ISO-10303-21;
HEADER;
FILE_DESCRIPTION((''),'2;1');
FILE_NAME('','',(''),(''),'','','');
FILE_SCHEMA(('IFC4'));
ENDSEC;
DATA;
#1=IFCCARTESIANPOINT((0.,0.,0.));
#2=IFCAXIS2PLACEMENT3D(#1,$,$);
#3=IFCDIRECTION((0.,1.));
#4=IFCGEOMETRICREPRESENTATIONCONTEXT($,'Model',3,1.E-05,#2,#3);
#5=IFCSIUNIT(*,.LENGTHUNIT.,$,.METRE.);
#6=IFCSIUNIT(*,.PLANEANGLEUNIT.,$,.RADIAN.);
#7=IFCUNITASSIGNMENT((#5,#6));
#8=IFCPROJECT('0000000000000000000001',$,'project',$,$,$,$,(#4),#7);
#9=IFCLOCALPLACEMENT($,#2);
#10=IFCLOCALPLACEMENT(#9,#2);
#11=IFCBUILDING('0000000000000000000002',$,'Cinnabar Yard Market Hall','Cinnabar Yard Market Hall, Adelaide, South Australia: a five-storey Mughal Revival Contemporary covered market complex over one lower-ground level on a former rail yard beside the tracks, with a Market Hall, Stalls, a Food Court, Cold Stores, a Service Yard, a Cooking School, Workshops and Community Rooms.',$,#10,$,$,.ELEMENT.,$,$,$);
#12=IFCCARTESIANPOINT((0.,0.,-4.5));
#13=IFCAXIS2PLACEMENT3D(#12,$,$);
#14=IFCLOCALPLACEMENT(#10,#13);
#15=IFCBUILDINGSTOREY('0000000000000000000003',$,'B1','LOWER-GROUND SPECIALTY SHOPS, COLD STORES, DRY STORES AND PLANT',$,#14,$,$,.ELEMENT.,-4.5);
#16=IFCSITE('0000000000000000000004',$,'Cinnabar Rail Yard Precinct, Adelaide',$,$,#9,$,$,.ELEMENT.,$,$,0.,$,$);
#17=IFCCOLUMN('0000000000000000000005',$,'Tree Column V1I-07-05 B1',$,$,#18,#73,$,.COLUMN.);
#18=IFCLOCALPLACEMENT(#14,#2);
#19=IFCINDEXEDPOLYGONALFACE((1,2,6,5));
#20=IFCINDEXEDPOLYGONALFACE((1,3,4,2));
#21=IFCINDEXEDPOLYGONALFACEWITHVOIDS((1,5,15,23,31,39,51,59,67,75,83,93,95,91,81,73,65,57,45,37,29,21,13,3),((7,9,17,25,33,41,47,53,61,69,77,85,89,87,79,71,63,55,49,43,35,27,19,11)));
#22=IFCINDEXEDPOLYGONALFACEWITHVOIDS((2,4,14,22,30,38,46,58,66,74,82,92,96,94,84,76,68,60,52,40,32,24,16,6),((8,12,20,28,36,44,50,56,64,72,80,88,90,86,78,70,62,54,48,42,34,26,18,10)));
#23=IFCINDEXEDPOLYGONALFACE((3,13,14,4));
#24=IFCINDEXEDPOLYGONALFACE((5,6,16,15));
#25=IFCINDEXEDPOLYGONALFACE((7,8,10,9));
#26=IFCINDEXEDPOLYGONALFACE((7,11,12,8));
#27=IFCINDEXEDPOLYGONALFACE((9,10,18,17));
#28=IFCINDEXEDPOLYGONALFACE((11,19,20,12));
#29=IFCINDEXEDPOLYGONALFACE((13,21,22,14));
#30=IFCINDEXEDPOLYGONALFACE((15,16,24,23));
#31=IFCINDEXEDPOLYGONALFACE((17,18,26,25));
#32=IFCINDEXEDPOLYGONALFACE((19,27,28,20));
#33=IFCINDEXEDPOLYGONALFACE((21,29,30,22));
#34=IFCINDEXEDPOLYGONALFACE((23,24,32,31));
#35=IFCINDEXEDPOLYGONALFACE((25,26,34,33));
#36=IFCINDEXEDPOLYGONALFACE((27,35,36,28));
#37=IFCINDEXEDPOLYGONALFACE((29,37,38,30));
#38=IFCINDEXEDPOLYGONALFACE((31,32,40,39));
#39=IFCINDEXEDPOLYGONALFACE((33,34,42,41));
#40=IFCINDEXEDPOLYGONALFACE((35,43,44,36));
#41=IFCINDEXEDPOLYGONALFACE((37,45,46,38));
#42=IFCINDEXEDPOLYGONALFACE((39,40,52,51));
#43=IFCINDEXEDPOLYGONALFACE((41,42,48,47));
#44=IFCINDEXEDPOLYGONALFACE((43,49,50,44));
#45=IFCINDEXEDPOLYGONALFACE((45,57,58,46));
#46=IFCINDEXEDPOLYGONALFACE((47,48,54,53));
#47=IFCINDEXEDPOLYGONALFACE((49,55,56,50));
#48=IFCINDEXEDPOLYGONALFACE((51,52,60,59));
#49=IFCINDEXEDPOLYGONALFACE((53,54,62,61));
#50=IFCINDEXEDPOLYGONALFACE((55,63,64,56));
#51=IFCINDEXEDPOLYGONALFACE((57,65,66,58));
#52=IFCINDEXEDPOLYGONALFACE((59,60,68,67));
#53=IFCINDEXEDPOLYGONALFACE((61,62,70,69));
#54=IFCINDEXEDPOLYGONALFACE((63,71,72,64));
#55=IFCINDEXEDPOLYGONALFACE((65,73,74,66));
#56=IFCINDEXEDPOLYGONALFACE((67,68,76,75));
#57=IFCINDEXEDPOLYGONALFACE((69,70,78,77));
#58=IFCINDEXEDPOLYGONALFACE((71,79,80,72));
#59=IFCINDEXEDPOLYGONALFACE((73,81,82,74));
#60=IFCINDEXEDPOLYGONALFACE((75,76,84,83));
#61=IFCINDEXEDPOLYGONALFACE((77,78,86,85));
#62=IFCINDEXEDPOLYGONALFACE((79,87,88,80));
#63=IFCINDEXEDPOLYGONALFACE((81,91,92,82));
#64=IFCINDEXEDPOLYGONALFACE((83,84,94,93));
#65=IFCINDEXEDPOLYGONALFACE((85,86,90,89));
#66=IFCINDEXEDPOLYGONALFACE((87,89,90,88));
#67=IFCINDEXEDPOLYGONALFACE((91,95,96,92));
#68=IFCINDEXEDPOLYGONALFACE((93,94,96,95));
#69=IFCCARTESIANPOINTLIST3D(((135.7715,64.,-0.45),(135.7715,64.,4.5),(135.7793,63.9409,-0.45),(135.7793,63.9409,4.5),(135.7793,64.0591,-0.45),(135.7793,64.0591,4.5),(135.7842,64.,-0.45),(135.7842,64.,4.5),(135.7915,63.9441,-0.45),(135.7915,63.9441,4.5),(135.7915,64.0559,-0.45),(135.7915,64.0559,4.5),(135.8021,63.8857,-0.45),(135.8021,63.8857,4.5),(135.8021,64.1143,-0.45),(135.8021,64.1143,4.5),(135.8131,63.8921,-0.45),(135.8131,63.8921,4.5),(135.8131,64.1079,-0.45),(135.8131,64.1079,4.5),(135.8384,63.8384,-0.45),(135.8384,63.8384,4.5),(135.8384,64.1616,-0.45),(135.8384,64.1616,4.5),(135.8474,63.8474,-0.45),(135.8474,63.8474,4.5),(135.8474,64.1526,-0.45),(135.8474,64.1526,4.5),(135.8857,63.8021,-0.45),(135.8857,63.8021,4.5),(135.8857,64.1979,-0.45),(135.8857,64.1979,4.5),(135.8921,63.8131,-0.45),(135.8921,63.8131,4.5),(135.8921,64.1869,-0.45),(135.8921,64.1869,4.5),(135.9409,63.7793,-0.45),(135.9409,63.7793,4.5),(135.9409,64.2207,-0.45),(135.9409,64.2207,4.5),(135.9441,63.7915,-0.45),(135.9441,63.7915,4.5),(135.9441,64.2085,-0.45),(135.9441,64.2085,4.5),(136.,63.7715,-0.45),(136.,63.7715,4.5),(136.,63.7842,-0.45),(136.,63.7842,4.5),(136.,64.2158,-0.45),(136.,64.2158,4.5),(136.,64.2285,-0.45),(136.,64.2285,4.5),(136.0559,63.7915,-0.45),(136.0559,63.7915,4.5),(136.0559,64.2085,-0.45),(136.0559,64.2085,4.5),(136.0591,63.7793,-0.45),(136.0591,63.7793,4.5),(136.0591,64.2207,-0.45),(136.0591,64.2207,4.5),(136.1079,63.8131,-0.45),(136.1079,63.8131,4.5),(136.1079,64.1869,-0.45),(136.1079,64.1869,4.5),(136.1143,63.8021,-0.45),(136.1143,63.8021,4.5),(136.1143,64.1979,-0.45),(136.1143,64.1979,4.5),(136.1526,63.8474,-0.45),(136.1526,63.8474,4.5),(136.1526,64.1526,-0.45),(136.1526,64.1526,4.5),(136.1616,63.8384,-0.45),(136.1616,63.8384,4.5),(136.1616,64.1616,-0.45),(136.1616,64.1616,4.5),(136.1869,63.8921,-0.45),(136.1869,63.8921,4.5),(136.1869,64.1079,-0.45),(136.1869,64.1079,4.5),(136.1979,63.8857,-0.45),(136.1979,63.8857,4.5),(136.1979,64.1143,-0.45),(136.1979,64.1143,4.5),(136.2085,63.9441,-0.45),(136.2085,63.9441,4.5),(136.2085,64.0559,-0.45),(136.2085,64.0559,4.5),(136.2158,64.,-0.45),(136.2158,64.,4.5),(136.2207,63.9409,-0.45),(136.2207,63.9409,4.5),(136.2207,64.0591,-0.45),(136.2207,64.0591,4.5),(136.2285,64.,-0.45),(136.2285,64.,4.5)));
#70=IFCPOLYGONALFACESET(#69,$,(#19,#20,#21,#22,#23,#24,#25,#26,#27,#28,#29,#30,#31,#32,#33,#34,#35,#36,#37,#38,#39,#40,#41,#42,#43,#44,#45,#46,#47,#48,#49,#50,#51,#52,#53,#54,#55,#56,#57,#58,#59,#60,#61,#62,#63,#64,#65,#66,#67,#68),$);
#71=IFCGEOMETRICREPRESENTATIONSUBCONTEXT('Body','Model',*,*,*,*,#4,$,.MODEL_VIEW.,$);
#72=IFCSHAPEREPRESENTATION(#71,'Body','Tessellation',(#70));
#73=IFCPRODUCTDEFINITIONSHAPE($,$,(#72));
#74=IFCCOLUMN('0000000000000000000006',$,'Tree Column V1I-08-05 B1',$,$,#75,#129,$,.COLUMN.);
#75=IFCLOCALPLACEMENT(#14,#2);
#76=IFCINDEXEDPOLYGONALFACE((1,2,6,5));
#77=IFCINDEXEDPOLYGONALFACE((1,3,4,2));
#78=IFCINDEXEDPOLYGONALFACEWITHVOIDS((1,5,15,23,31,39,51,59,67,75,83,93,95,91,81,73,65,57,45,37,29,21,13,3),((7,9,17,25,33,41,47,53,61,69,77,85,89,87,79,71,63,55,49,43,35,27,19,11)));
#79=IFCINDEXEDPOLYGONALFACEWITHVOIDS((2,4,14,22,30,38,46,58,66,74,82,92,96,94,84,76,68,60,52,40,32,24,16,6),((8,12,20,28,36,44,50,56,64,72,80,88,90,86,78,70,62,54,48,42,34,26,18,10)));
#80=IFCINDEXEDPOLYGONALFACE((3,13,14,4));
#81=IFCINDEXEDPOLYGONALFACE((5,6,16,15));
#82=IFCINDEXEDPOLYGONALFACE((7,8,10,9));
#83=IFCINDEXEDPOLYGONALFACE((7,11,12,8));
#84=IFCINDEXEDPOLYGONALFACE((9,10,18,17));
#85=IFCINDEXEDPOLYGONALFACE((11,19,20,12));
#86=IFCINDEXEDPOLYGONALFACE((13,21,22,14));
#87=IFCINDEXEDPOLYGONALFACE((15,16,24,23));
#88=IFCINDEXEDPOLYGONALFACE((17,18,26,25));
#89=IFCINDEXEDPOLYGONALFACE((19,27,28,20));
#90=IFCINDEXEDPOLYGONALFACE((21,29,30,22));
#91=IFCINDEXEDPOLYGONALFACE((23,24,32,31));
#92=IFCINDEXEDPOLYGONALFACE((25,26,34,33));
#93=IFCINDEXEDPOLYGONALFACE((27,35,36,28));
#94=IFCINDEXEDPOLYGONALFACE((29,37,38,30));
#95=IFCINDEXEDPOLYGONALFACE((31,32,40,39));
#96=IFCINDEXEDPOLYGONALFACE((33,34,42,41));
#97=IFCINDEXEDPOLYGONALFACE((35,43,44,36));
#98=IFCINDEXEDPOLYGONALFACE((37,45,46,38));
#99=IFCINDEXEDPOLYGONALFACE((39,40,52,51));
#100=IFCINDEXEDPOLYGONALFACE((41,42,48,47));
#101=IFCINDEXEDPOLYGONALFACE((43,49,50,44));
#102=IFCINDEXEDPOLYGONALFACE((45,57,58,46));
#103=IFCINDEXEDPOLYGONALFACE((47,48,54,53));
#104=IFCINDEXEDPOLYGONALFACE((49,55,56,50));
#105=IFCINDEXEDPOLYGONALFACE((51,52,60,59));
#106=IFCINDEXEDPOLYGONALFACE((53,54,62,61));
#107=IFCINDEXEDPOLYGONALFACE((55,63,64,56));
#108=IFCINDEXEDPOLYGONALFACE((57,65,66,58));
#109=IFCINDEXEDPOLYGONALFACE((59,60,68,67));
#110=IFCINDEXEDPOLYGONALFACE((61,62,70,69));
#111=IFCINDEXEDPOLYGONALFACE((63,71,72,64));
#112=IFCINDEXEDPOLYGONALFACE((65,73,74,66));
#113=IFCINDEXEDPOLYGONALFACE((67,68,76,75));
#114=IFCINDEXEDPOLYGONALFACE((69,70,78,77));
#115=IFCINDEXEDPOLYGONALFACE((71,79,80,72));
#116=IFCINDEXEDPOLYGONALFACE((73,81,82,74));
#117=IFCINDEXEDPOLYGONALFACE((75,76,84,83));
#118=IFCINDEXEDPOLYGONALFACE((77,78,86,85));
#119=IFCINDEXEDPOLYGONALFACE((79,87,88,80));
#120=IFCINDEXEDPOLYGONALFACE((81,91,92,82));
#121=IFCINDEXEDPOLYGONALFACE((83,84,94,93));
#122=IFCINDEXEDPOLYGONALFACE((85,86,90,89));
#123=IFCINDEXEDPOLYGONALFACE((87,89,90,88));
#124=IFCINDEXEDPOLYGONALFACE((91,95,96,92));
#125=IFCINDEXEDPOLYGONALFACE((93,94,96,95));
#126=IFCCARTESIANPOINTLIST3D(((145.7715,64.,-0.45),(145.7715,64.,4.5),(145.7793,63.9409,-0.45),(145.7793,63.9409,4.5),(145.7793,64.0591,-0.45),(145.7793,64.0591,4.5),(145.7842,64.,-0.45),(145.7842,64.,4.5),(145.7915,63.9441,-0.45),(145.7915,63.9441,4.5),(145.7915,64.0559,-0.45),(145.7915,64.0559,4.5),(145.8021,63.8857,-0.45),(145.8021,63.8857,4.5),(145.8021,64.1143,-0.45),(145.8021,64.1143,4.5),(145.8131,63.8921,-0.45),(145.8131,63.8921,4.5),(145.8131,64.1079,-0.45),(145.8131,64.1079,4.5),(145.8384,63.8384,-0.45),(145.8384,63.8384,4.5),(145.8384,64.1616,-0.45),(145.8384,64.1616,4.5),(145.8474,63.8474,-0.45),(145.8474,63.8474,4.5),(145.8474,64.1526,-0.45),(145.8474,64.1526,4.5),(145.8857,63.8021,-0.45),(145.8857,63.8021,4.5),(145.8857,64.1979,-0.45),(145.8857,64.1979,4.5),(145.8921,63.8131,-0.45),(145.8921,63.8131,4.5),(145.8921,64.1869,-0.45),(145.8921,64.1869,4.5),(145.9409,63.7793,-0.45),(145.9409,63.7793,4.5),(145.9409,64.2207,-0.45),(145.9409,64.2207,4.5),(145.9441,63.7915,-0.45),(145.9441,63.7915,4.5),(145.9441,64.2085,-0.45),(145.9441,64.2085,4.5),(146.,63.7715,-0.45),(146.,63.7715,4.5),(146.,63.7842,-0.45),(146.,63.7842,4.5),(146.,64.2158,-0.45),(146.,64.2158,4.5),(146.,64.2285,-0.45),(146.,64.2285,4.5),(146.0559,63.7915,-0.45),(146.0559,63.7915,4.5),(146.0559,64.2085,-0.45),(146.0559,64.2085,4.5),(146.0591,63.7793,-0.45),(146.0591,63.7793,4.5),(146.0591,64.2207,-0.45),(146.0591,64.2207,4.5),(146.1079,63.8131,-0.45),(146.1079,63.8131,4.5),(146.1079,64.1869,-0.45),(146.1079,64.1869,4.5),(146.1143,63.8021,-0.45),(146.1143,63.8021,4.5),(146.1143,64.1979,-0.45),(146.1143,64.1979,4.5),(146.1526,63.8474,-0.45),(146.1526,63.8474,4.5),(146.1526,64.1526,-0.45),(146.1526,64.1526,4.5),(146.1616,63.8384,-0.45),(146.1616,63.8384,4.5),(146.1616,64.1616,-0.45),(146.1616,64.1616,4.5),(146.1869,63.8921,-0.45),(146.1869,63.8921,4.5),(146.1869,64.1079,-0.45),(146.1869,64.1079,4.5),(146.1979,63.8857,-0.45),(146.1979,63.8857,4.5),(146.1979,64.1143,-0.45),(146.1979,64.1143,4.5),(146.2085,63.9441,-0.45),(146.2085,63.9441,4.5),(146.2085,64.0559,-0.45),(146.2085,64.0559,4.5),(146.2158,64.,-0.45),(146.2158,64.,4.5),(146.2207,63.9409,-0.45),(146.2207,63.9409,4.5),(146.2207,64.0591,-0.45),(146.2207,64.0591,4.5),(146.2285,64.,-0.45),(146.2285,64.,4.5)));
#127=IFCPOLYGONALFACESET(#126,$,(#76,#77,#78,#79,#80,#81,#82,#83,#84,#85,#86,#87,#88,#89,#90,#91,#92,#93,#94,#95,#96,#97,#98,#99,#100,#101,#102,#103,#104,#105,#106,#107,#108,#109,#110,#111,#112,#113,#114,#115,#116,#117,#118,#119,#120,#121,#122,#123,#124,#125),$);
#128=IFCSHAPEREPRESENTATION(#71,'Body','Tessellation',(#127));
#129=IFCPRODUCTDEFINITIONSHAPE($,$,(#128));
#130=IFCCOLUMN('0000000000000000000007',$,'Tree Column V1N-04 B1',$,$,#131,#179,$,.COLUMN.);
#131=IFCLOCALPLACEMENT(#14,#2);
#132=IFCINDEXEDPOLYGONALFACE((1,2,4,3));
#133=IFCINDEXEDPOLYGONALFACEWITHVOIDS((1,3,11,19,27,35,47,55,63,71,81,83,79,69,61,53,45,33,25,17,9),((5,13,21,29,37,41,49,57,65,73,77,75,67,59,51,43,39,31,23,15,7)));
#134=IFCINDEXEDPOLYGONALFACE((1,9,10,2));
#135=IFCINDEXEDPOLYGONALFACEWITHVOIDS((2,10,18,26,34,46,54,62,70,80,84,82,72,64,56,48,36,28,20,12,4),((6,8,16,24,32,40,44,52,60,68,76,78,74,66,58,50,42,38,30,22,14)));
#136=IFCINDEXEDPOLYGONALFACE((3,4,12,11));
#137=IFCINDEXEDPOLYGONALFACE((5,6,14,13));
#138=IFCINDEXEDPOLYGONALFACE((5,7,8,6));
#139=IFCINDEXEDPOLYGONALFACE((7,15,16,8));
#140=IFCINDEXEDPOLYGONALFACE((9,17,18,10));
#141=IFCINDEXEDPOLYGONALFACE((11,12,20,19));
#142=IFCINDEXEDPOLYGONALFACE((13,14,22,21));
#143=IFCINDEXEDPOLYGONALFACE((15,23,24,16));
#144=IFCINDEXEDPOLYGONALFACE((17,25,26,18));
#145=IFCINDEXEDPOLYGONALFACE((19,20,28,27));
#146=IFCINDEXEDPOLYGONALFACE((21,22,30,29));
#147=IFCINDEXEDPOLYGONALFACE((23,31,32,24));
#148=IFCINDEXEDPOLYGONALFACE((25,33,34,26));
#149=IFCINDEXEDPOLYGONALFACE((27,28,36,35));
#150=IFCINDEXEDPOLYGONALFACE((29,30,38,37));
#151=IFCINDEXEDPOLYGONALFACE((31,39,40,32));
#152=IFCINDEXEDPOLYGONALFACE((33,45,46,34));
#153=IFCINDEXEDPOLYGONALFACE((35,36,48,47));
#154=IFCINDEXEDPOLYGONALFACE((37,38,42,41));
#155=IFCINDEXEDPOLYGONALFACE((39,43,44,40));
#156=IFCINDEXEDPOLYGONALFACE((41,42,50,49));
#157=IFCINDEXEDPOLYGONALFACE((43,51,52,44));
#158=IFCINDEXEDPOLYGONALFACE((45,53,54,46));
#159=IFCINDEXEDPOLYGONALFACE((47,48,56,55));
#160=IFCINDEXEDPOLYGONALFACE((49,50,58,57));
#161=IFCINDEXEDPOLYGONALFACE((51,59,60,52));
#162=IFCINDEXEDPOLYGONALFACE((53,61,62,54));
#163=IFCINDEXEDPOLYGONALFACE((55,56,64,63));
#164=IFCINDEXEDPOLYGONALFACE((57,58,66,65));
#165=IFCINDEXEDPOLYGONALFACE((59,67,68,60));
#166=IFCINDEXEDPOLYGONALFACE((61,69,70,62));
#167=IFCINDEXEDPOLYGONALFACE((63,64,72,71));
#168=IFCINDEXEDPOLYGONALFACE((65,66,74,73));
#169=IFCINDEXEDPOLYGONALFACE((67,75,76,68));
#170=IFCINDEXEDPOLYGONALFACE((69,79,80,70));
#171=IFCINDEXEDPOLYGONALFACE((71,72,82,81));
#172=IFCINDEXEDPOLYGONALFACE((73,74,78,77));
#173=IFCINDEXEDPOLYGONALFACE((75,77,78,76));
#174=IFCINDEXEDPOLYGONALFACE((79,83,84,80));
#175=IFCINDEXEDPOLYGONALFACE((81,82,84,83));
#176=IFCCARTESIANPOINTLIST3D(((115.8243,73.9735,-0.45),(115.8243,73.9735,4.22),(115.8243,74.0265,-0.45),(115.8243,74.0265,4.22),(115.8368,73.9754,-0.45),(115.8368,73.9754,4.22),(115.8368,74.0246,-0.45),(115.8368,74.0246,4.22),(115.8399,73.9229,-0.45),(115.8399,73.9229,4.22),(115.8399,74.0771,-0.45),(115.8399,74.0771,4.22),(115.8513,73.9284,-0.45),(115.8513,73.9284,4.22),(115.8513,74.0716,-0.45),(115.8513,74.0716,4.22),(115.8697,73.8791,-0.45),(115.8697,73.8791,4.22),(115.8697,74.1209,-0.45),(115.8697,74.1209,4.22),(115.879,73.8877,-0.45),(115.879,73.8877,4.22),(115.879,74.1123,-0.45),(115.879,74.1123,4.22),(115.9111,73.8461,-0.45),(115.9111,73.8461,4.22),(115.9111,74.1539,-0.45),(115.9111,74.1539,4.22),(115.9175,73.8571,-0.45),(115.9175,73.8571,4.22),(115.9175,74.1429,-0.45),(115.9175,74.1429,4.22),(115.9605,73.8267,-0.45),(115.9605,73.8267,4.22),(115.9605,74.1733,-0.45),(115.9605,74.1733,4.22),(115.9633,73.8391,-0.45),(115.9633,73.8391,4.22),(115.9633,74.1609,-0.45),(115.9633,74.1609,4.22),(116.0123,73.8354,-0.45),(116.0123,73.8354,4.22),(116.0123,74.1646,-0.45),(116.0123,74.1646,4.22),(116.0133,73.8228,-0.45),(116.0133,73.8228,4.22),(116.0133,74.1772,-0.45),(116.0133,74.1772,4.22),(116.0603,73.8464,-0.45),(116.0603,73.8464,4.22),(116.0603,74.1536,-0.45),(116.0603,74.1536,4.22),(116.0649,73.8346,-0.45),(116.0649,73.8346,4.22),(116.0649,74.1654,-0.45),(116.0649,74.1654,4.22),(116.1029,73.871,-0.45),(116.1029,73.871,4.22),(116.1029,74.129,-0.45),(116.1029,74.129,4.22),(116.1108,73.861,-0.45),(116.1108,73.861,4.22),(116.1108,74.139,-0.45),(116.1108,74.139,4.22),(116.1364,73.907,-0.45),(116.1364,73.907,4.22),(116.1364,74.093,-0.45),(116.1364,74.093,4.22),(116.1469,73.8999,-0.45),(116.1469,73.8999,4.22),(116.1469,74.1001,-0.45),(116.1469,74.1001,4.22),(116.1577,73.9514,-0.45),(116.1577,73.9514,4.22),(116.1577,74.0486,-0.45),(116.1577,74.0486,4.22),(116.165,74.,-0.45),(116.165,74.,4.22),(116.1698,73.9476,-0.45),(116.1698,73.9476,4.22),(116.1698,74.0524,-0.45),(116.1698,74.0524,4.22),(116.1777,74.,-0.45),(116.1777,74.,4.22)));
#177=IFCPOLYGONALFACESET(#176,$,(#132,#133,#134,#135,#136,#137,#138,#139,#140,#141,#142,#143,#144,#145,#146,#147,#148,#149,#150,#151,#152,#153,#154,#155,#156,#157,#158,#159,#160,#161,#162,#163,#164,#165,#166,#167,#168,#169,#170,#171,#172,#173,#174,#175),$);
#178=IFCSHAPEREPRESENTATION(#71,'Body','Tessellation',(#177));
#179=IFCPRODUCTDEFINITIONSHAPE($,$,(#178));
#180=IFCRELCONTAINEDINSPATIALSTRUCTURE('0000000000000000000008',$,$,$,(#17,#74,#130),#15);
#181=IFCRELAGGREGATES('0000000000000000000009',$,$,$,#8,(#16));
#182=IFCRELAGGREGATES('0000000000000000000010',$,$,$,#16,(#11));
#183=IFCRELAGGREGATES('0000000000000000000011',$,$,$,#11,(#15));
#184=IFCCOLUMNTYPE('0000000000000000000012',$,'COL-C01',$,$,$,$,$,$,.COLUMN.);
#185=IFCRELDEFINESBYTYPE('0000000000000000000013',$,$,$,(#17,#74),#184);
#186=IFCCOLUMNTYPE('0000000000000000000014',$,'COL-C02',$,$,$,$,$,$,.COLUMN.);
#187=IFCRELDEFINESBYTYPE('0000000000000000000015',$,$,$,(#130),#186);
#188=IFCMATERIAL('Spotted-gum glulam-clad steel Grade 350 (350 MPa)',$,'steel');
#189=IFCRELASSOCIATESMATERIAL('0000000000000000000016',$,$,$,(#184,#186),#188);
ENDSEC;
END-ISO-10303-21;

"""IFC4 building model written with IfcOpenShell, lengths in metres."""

from ifc_helpers import new_model, si_unit, direction, frame, origin, origin_2d_with_axis, place, context, subcontext, project, spatial, hollow_circle, extrude, material, material_profile, profile_set, type_object, element, save


model = new_model("IFC4")

# Units and contexts
model_context = context("Model", 3, precision=1e-05, world=origin(), true_north=direction((0.0, 1.0)))
body_context = subcontext(model_context, "Body", "Model", "MODEL_VIEW")
ifc_project = project(units=[si_unit("LENGTHUNIT", "METRE"), si_unit("PLANEANGLEUNIT", "RADIAN")], contexts=[model_context])

# Site, building, storey
site_placement = place(None, origin())
site = spatial("IfcSite", under=ifc_project, at=site_placement, Name="Cinnabar Rail Yard Precinct, Adelaide", CompositionType="ELEMENT", RefElevation=0.0)
building_placement = place(site_placement, origin())
building = spatial("IfcBuilding", under=site, at=building_placement, Name="Cinnabar Yard Market Hall", Description="Cinnabar Yard Market Hall, Adelaide, South Australia: a five-storey Mughal Revival Contemporary covered market complex over one lower-ground level on a former rail yard beside the tracks, with a Market Hall, Stalls, a Food Court, Cold Stores, a Service Yard, a Cooking School, Workshops and Community Rooms.", CompositionType="ELEMENT")
storey_placement = place(building_placement, frame((0.0, 0.0, -4.5)))
storey = spatial("IfcBuildingStorey", under=building, at=storey_placement, Name="B1", Description="LOWER-GROUND SPECIALTY SHOPS, COLD STORES, DRY STORES AND PLANT", CompositionType="ELEMENT", Elevation=-4.5)

# Columns
ifc_material_1 = material(Name="Spotted-gum glulam-clad steel Grade 350 (350 MPa)", Category="steel")
ifc_material_profile_1 = material_profile(ifc_material_1, hollow_circle(Radius=0.2285, WallThickness=0.0127, at=origin_2d_with_axis()), Name="457.0x12.7CHS")
ifc_profile_set_1 = profile_set([ifc_material_profile_1], Name="Spotted-gum glulam-clad steel Grade 350 (350 MPa)")
column_type_1 = type_object("IfcColumnType", Name="COL-C01", PredefinedType="COLUMN", material=ifc_profile_set_1)
for number, where, z_axis, x_axis, name in (
    (1, (136.0, 64.0, -0.45), (0.0, 0.0, 1.0), (1.0, 0.0, 0.0), "Tree Column V1I-07-05 B1"),
    (2, (146.0, 64.0, -0.45), (0.0, 0.0, 1.0), (1.0, 0.0, 0.0), "Tree Column V1I-08-05 B1"),
):
    element("IfcColumn", number, at=place(storey_placement, frame(where, z_axis=z_axis, x_axis=x_axis)), inside=storey, type_object=column_type_1, Name=name, PredefinedType="COLUMN", context=body_context, shape_type="SweptSolid", body=[
        extrude(hollow_circle(Radius=0.2285, WallThickness=0.0127, at=origin_2d_with_axis()), origin(), (0.0, 0.0, 1.0), 4.95),
    ])
ifc_material_profile_2 = material_profile(ifc_material_1, hollow_circle(Radius=0.1777, WallThickness=0.0127, at=origin_2d_with_axis()), Name="355.6x12.7CHS")
ifc_profile_set_2 = profile_set([ifc_material_profile_2], Name="Spotted-gum glulam-clad steel Grade 350 (350 MPa)")
column_type_2 = type_object("IfcColumnType", Name="COL-C02", PredefinedType="COLUMN", material=ifc_profile_set_2)
column_placement = place(storey_placement, frame((116.0, 74.0, -0.45), z_axis=(0.0, 0.0, 1.0), x_axis=(1.0, 0.0, 0.0)))
element("IfcColumn", 3, at=column_placement, inside=storey, type_object=column_type_2, Name="Tree Column V1N-04 B1", PredefinedType="COLUMN", context=body_context, shape_type="SweptSolid", body=[
    extrude(hollow_circle(Radius=0.1777, WallThickness=0.0127, at=origin_2d_with_axis()), origin(), (0.0, 0.0, 1.0), 4.6699),
])

save(model, "model.ifc")
